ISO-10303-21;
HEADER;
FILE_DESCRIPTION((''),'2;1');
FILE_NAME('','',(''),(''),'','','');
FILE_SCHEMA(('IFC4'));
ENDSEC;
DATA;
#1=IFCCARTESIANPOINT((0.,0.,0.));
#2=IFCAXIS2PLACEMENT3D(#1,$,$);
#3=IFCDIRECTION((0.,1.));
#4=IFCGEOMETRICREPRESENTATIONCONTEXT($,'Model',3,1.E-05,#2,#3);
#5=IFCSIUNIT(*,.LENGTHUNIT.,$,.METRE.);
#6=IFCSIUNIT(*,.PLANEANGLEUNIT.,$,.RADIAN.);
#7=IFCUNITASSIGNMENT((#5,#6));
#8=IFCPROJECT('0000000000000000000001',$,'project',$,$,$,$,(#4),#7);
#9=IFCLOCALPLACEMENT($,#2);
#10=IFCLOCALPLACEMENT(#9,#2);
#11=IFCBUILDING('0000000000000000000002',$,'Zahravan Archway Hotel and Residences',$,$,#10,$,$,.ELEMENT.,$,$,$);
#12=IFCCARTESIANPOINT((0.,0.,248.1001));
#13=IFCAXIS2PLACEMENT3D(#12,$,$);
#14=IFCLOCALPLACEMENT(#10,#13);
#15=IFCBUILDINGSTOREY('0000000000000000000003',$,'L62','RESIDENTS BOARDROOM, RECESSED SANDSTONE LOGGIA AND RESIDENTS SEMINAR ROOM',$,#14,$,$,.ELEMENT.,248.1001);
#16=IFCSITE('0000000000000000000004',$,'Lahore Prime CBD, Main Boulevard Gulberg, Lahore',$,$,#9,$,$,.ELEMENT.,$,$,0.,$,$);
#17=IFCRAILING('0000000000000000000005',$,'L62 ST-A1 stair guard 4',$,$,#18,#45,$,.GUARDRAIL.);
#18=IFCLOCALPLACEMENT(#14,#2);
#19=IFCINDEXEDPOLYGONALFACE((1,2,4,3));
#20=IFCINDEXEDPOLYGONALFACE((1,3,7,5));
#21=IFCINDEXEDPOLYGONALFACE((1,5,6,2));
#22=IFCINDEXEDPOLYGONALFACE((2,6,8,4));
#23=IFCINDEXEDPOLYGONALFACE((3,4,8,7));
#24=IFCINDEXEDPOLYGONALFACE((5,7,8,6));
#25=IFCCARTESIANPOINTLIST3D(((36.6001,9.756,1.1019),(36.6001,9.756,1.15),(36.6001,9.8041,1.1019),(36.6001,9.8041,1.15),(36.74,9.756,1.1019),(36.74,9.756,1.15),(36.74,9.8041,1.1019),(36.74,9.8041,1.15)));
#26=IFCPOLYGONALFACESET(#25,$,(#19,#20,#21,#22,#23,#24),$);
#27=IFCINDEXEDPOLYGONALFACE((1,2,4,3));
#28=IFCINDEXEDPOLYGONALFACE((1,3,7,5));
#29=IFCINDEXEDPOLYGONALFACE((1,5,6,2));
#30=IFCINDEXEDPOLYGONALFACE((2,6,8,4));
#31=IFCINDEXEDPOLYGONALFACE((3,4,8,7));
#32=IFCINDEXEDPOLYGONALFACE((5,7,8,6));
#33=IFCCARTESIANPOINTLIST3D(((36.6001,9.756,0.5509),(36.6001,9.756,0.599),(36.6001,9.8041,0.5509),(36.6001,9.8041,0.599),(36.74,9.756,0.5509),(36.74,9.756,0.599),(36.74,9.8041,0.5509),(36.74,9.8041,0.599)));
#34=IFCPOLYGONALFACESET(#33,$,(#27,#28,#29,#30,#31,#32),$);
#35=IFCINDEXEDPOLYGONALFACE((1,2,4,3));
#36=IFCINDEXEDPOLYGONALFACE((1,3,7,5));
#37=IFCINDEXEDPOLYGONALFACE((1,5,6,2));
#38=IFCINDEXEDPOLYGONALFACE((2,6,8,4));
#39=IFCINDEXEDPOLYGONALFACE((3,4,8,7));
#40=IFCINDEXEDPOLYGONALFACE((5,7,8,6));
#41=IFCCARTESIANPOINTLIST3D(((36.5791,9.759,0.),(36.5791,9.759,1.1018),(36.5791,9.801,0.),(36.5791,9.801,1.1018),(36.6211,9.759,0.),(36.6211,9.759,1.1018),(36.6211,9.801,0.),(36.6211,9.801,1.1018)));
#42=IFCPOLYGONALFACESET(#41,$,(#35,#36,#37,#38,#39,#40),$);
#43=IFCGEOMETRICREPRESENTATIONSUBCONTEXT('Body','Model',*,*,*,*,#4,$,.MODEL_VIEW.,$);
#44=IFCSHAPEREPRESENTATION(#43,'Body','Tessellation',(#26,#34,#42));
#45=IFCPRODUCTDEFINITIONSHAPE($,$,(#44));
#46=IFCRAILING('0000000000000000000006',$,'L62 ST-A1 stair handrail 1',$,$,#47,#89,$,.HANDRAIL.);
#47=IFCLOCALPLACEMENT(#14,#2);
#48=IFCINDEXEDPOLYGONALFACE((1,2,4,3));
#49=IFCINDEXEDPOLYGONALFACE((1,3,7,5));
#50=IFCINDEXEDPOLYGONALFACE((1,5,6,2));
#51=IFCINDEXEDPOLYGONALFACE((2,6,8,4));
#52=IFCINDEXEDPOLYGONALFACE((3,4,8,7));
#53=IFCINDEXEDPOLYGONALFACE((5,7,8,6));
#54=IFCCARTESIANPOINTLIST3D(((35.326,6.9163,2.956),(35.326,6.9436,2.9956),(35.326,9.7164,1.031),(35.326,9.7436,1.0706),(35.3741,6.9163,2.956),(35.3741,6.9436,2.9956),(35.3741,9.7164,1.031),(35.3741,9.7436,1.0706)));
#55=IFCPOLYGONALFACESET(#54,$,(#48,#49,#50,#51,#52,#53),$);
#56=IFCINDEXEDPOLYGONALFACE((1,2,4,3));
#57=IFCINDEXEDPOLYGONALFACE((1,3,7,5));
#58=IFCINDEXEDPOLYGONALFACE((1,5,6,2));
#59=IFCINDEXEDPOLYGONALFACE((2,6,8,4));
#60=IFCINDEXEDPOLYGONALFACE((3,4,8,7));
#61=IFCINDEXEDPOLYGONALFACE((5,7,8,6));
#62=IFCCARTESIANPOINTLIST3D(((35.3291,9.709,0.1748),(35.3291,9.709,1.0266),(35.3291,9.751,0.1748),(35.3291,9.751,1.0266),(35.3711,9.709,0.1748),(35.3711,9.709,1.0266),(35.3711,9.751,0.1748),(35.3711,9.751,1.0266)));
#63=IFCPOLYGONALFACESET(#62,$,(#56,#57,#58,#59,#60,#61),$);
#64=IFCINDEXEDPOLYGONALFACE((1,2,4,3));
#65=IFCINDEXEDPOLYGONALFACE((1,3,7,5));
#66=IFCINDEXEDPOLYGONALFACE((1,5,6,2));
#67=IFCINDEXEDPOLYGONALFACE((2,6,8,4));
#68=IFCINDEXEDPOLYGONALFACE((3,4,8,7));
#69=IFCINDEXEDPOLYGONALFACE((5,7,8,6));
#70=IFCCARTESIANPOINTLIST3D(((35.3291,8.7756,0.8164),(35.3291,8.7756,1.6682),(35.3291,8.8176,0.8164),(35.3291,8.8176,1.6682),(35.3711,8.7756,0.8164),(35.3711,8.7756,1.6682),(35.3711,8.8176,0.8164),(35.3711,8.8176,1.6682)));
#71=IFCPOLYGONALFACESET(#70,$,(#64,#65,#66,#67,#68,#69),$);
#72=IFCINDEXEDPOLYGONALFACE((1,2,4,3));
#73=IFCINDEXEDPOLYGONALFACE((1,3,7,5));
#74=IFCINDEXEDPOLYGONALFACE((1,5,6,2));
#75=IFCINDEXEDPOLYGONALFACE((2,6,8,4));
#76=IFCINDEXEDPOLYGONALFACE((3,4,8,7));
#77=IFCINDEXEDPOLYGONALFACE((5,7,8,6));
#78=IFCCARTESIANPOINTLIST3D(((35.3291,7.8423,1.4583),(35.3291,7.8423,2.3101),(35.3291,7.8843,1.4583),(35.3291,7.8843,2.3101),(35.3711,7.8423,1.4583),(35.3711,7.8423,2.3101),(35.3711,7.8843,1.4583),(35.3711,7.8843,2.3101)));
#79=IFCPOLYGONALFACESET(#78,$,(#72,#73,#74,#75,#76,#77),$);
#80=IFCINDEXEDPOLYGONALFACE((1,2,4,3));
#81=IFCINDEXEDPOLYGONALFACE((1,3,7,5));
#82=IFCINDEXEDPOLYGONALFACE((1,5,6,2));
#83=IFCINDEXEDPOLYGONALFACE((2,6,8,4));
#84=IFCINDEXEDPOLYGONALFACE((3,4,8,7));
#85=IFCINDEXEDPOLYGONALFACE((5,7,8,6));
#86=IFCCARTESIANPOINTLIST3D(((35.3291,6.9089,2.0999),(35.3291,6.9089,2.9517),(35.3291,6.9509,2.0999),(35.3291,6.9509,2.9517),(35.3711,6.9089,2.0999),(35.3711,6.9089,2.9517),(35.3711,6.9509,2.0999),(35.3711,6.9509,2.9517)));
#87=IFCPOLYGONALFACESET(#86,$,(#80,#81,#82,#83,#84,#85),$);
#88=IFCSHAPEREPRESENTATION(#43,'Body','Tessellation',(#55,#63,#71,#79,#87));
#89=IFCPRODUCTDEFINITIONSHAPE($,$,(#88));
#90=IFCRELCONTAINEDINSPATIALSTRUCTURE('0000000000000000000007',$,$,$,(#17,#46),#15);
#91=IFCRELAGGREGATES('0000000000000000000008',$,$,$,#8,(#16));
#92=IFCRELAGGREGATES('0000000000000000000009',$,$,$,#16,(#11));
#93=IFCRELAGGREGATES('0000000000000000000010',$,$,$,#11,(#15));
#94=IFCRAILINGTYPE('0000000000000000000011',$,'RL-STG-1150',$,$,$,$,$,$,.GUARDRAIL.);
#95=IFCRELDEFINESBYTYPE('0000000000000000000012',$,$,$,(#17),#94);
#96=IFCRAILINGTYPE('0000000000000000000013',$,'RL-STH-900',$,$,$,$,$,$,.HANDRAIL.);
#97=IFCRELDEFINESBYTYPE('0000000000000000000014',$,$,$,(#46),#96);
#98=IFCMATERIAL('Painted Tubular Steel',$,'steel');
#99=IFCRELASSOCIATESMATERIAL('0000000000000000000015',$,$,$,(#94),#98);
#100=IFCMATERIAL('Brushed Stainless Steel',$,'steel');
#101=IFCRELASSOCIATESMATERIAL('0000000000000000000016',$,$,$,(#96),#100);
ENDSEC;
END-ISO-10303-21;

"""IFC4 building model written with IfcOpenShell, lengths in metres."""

from ifc_helpers import new_model, si_unit, direction, frame, origin, origin_2d, place, context, subcontext, project, spatial, rectangle, extrude, material, type_object, element, save


model = new_model("IFC4")

# Units and contexts
model_context = context("Model", 3, precision=1e-05, world=origin(), true_north=direction((0.0, 1.0)))
body_context = subcontext(model_context, "Body", "Model", "MODEL_VIEW")
ifc_project = project(units=[si_unit("LENGTHUNIT", "METRE"), si_unit("PLANEANGLEUNIT", "RADIAN")], contexts=[model_context])

# Site, building, storey
site_placement = place(None, origin())
site = spatial("IfcSite", under=ifc_project, at=site_placement, Name="Lahore Prime CBD, Main Boulevard Gulberg, Lahore", CompositionType="ELEMENT", RefElevation=0.0)
building_placement = place(site_placement, origin())
building = spatial("IfcBuilding", under=site, at=building_placement, Name="Zahravan Archway Hotel and Residences", CompositionType="ELEMENT")
storey_placement = place(building_placement, frame((0.0, 0.0, 248.1001)))
storey = spatial("IfcBuildingStorey", under=building, at=storey_placement, Name="L62", Description="RESIDENTS BOARDROOM, RECESSED SANDSTONE LOGGIA AND RESIDENTS SEMINAR ROOM", CompositionType="ELEMENT", Elevation=248.1001)

# Shared definitions
ifc_material_1 = material(Name="Brushed Stainless Steel", Category="steel")

# Railings
ifc_material_2 = material(Name="Painted Tubular Steel", Category="steel")
railing_type_1 = type_object("IfcRailingType", Name="RL-STG-1150", PredefinedType="GUARDRAIL", material=ifc_material_2)
railing_1_placement = place(storey_placement, frame((36.6001, 9.78, 0.0)))
element("IfcRailing", 1, at=railing_1_placement, inside=storey, type_object=railing_type_1, Name="L62 ST-A1 stair guard 4", PredefinedType="GUARDRAIL", context=body_context, shape_type="SweptSolid", body=[
    extrude(rectangle(XDim=0.0481, YDim=0.0481, at=origin_2d()), frame((0.0, 0.0, 1.126), z_axis=(1.0, 0.0, 0.0), x_axis=(0.0, 1.0, 0.0)), (0.0, 0.0, 1.0), 0.1399),
    extrude(rectangle(XDim=0.0481, YDim=0.0481, at=origin_2d()), frame((0.0, 0.0, 0.575), z_axis=(1.0, 0.0, 0.0), x_axis=(0.0, 1.0, 0.0)), (0.0, 0.0, 1.0), 0.1399),
    extrude(rectangle(XDim=0.042, YDim=0.042, at=origin_2d()), origin(), (0.0, 0.0, 1.0), 1.1018),
])
railing_type_2 = type_object("IfcRailingType", Name="RL-STH-900", PredefinedType="HANDRAIL", material=ifc_material_1)
railing_2_placement = place(storey_placement, frame((35.3501, 9.73, 0.1748)))
element("IfcRailing", 2, at=railing_2_placement, inside=storey, type_object=railing_type_2, Name="L62 ST-A1 stair handrail 1", PredefinedType="HANDRAIL", context=body_context, shape_type="SweptSolid", body=[
    extrude(rectangle(XDim=0.0481, YDim=0.0481, at=origin_2d()), frame((0.0, 0.0, 0.876), z_axis=(0.0, -0.82404, 0.566532), x_axis=(1.0, 0.0, 0.0)), (0.0, 0.0, 1.0), 3.3979),
    extrude(rectangle(XDim=0.042, YDim=0.042, at=origin_2d()), origin(), (0.0, 0.0, 1.0), 0.8518),
    extrude(rectangle(XDim=0.042, YDim=0.042, at=origin_2d()), frame((0.0, -0.9333, 0.6416)), (0.0, 0.0, 1.0), 0.8518),
    extrude(rectangle(XDim=0.042, YDim=0.042, at=origin_2d()), frame((0.0, -1.8667, 1.2834)), (0.0, 0.0, 1.0), 0.8518),
    extrude(rectangle(XDim=0.042, YDim=0.042, at=origin_2d()), frame((0.0, -2.8, 1.925)), (0.0, 0.0, 1.0), 0.8518),
])

save(model, "model.ifc")
